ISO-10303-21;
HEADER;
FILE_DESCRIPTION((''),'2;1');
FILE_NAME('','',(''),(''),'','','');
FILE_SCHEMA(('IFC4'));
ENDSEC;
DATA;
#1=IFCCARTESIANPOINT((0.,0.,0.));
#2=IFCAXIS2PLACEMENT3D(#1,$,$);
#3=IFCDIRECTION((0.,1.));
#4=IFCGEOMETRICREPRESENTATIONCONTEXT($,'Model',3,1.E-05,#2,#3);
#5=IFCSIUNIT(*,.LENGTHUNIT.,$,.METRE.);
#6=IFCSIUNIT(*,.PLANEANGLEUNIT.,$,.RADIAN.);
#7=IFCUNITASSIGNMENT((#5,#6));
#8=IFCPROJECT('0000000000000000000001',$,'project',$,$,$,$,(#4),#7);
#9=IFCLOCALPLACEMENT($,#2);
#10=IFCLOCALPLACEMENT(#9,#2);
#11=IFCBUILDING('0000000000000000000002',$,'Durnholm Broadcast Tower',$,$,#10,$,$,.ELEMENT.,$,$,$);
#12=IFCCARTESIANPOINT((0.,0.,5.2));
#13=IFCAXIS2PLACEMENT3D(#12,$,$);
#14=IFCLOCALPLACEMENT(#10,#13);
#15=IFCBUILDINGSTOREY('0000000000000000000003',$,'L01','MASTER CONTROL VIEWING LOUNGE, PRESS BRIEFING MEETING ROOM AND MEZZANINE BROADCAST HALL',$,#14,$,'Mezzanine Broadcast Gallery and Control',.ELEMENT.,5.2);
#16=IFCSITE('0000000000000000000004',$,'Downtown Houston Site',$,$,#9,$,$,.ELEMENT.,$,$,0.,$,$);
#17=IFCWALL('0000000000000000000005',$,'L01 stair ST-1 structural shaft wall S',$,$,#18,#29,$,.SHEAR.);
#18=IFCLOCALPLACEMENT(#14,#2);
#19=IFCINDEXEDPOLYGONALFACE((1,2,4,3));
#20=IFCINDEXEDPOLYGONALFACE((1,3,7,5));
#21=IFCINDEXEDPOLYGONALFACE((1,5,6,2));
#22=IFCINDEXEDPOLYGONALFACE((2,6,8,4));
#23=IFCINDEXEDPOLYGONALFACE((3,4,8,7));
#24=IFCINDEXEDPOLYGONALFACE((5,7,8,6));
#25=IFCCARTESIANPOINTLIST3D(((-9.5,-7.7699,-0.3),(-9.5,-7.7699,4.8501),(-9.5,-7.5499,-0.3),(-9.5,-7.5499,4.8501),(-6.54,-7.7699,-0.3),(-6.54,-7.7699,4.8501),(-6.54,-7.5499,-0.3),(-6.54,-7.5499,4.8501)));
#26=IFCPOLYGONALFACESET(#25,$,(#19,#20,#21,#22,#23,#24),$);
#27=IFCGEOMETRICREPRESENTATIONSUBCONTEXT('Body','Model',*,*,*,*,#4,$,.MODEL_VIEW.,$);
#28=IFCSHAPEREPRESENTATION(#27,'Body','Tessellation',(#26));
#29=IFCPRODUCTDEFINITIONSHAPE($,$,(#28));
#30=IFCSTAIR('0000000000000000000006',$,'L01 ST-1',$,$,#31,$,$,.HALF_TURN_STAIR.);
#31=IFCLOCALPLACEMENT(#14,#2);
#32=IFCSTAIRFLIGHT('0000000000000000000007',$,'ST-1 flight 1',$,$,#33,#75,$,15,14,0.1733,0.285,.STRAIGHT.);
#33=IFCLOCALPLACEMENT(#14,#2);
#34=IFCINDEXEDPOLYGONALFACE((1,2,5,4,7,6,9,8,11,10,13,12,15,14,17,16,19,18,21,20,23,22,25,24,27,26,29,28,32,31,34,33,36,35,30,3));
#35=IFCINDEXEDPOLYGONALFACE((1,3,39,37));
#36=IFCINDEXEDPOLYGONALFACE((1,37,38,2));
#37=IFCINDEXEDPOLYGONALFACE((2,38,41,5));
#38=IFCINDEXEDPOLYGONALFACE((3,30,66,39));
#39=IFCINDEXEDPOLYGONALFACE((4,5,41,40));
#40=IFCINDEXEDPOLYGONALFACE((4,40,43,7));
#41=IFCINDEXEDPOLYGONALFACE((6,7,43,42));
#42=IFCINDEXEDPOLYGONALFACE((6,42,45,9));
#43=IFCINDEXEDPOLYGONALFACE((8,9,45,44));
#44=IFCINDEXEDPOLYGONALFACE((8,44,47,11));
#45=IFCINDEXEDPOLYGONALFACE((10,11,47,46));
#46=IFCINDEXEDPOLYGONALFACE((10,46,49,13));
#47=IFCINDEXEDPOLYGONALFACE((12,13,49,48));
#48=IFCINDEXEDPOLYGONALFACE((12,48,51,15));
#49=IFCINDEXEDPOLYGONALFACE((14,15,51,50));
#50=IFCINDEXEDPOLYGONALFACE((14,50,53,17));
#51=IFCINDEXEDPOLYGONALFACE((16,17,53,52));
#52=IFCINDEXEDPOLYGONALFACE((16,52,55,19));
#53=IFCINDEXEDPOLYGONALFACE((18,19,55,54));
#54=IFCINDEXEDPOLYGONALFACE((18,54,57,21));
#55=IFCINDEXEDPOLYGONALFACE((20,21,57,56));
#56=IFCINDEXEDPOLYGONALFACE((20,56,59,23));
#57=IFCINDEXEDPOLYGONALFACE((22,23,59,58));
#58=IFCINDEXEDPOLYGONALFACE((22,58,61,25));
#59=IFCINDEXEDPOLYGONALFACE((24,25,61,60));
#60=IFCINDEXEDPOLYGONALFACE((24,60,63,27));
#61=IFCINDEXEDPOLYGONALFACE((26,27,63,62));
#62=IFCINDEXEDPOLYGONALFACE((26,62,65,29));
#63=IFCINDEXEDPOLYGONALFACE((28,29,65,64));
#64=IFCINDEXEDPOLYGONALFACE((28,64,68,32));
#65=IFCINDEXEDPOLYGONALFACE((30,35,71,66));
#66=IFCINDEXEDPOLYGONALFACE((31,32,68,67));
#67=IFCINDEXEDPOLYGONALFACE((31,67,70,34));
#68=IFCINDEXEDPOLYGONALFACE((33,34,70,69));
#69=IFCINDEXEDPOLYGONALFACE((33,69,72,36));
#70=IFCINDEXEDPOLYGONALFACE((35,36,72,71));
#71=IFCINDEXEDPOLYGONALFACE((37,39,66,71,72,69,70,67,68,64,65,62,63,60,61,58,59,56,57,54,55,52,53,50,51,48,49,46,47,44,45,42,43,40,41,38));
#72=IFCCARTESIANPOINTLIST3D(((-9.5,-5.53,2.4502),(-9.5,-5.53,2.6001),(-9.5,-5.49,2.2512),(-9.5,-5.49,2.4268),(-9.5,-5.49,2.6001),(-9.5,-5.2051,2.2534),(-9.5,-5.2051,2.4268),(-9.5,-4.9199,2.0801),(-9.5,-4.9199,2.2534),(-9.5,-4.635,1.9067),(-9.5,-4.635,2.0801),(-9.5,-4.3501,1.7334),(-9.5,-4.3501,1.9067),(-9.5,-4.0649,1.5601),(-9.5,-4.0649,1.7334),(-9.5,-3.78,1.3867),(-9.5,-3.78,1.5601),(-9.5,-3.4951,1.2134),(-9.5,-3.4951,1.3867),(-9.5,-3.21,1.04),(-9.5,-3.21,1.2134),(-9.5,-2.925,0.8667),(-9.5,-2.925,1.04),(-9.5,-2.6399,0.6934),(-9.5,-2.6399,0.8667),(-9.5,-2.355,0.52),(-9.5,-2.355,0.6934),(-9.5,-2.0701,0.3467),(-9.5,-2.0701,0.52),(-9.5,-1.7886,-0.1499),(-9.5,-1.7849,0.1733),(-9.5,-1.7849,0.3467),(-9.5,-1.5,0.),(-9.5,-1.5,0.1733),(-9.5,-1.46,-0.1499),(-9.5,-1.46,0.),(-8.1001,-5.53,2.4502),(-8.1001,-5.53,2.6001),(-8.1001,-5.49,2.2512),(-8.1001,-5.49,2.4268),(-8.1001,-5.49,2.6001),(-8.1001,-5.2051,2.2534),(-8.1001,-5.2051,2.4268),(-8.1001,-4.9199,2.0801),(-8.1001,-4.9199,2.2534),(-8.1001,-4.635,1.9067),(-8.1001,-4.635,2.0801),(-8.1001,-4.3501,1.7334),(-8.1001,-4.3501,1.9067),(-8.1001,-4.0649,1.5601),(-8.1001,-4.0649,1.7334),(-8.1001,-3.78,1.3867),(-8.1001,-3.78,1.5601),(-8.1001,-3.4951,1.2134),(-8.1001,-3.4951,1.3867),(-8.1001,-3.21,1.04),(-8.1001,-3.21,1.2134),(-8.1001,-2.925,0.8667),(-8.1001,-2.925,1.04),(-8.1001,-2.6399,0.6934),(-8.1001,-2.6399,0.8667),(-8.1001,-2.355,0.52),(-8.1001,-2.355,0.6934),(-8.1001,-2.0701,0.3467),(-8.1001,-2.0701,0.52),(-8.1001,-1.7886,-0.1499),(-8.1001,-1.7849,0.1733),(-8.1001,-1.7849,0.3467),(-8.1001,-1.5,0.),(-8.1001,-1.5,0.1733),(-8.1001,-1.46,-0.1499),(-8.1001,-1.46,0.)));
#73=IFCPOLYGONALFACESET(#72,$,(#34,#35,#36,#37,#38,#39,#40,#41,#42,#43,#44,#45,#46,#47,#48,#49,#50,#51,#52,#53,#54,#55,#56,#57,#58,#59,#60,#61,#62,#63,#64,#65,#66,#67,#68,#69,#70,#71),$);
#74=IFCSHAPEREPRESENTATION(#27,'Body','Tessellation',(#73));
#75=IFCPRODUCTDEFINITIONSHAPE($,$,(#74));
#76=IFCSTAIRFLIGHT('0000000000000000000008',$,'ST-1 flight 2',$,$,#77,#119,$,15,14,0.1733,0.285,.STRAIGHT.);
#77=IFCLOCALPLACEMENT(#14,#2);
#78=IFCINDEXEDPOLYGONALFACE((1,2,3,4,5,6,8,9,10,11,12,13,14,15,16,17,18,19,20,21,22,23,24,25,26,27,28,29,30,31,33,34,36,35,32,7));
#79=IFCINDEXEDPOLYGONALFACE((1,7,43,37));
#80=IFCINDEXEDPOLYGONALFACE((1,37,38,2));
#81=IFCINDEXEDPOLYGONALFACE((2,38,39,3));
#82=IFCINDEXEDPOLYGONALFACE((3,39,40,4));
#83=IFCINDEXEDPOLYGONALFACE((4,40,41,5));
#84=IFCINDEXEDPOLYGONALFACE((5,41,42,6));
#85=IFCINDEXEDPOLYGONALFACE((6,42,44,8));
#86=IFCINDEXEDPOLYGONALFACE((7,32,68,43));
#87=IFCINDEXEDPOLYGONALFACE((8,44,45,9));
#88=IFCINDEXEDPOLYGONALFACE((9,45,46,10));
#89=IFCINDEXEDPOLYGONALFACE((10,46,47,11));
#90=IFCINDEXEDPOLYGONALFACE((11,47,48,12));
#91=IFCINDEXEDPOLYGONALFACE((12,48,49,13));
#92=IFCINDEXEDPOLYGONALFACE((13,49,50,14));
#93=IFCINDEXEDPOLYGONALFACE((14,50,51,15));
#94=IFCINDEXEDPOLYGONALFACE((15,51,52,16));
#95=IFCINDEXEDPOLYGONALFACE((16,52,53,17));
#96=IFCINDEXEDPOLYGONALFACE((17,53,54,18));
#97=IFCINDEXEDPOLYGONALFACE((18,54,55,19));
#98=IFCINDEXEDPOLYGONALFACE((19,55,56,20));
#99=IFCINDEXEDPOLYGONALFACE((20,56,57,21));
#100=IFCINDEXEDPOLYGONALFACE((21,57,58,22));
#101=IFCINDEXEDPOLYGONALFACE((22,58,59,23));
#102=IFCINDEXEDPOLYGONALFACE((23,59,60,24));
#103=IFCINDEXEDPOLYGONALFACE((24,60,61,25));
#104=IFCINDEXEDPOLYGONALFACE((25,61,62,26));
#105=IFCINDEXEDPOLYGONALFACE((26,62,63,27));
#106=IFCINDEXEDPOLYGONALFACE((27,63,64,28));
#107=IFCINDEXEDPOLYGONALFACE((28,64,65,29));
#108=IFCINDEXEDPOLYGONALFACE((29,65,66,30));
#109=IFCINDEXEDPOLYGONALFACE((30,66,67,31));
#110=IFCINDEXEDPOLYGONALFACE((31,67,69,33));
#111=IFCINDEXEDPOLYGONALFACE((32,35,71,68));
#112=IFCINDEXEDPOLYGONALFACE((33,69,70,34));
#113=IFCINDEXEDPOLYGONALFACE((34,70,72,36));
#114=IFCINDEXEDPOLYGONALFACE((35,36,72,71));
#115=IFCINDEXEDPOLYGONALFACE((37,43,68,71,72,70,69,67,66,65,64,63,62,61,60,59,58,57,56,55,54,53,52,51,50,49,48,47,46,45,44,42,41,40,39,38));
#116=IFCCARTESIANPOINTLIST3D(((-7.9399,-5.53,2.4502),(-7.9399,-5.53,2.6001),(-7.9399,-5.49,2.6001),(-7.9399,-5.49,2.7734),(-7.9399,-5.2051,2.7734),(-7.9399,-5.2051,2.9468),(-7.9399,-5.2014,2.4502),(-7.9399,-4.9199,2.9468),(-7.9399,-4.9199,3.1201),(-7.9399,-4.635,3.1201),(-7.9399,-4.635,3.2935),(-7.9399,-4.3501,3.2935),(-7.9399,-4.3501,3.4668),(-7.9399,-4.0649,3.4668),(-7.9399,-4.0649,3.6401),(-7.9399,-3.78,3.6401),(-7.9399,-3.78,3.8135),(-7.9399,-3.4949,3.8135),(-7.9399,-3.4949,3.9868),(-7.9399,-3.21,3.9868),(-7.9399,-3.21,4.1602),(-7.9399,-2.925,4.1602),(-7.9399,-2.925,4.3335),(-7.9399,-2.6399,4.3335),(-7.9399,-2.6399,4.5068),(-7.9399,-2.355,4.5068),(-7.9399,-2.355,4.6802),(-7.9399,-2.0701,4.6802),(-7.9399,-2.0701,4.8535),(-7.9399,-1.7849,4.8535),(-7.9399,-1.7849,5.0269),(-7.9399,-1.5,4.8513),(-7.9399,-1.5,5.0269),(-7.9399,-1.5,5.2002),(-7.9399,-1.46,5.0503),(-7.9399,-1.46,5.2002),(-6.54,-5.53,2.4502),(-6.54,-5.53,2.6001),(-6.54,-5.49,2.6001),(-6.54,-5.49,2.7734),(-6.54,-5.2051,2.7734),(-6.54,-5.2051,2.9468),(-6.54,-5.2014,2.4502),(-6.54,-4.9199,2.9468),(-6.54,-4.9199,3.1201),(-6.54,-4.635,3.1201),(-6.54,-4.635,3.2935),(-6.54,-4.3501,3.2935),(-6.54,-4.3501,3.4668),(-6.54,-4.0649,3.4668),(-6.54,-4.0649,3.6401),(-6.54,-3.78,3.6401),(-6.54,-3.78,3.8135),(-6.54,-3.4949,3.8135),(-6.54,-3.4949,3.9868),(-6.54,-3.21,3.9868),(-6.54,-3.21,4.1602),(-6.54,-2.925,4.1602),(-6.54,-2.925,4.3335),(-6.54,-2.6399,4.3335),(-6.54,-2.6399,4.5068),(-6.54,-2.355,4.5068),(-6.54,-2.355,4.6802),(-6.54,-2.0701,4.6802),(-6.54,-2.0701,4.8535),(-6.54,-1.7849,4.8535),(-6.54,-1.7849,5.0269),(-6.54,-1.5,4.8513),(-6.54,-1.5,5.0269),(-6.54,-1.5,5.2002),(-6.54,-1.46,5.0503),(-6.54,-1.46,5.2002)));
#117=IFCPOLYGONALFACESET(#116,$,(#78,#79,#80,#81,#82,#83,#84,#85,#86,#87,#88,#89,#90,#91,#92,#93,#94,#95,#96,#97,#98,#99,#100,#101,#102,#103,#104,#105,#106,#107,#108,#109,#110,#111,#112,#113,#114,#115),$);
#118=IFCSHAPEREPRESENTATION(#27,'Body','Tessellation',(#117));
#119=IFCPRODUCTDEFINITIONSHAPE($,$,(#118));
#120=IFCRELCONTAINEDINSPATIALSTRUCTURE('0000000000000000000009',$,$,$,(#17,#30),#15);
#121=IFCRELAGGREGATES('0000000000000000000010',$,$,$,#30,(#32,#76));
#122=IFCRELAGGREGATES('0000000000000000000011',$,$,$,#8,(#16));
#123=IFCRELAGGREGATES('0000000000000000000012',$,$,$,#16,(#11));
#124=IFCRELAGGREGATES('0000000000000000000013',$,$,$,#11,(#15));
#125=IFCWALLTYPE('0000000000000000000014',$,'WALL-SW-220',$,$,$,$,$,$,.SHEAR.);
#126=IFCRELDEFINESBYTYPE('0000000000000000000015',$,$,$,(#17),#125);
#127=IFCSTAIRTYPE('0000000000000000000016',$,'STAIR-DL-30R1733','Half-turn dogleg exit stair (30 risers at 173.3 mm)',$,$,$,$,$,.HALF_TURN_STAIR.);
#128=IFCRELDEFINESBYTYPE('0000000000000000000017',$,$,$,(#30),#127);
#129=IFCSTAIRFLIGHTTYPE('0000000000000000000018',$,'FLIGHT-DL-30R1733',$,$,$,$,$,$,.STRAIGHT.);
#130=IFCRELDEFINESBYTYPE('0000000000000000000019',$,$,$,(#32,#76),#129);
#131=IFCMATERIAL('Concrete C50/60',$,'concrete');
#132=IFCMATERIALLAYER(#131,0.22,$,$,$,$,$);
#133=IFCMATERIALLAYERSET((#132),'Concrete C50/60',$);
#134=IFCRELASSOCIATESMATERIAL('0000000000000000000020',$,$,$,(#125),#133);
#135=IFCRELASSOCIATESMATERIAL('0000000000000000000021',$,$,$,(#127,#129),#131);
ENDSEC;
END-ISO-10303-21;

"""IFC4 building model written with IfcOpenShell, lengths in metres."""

from ifc_helpers import new_model, si_unit, direction, frame, frame_2d, origin, place, context, subcontext, project, spatial, polyline, rectangle, outline, extrude, material, layer, layer_set, type_object, element, aggregate, save


model = new_model("IFC4")

# Units and contexts
model_context = context("Model", 3, precision=1e-05, world=origin(), true_north=direction((0.0, 1.0)))
body_context = subcontext(model_context, "Body", "Model", "MODEL_VIEW")
ifc_project = project(units=[si_unit("LENGTHUNIT", "METRE"), si_unit("PLANEANGLEUNIT", "RADIAN")], contexts=[model_context])

# Site, building, storey
site_placement = place(None, origin())
site = spatial("IfcSite", under=ifc_project, at=site_placement, Name="Downtown Houston Site", CompositionType="ELEMENT", RefElevation=0.0)
building_placement = place(site_placement, origin())
building = spatial("IfcBuilding", under=site, at=building_placement, Name="Durnholm Broadcast Tower", CompositionType="ELEMENT")
storey_placement = place(building_placement, frame((0.0, 0.0, 5.2)))
storey = spatial("IfcBuildingStorey", under=building, at=storey_placement, Name="L01", Description="MASTER CONTROL VIEWING LOUNGE, PRESS BRIEFING MEETING ROOM AND MEZZANINE BROADCAST HALL", LongName="Mezzanine Broadcast Gallery and Control", CompositionType="ELEMENT", Elevation=5.2)

# Shared definitions
ifc_material_1 = material(Name="Concrete C50/60", Category="concrete")
ifc_layer_1 = layer(ifc_material_1, 0.22)
ifc_layer_set_1 = layer_set([ifc_layer_1], Name="Concrete C50/60")
wall_type_1 = type_object("IfcWallType", Name="WALL-SW-220", PredefinedType="SHEAR", material=ifc_layer_set_1)

# Wall
wall_1_placement = place(storey_placement, frame((-9.5, -7.6599, -0.3), z_axis=(0.0, 0.0, 1.0), x_axis=(1.0, 0.0, 0.0)))
element("IfcWall", 1, at=wall_1_placement, inside=storey, type_object=wall_type_1, Name="L01 stair ST-1 structural shaft wall S", PredefinedType="SHEAR", context=body_context, shape_type="SweptSolid", body=[
    extrude(rectangle(XDim=2.96, YDim=0.22, at=frame_2d((1.48, 0.0))), origin(), (0.0, 0.0, 1.0), 5.1501),
])

# Stair, stair flights
stair_type = type_object("IfcStairType", Name="STAIR-DL-30R1733", Description="Half-turn dogleg exit stair (30 risers at 173.3 mm)", PredefinedType="HALF_TURN_STAIR", material=ifc_material_1)
stair_placement = place(storey_placement, origin())
stair = element("IfcStair", 2, at=stair_placement, inside=storey, type_object=stair_type, Name="L01 ST-1", PredefinedType="HALF_TURN_STAIR")
stair_flight_type = type_object("IfcStairFlightType", Name="FLIGHT-DL-30R1733", PredefinedType="STRAIGHT", material=ifc_material_1)
stair_flight_1_placement = place(storey_placement, frame((-8.8, -1.5, 0.0), z_axis=(0.0, 0.0, 1.0), x_axis=(0.0, -1.0, 0.0)))
stair_flight_1 = element("IfcStairFlight", 3, at=stair_flight_1_placement, type_object=stair_flight_type, Name="ST-1 flight 1", NumberOfRisers=15, NumberOfTreads=14, PredefinedType="STRAIGHT", RiserHeight=0.1733, TreadLength=0.285, context=body_context, shape_type="SweptSolid", body=[
    extrude(outline(polyline([(-0.04, -0.1499), (-0.04, 0.0), (0.0, 0.0), (0.0, 0.1733), (0.2849, 0.1733), (0.2849, 0.3467), (0.5701, 0.3467), (0.5701, 0.52), (0.855, 0.52), (0.855, 0.6934), (1.1399, 0.6934), (1.1399, 0.8667), (1.425, 0.8667), (1.425, 1.04), (1.71, 1.04), (1.71, 1.2134), (1.9951, 1.2134), (1.9951, 1.3867), (2.28, 1.3867), (2.28, 1.5601), (2.5649, 1.5601), (2.5649, 1.7334), (2.8501, 1.7334), (2.8501, 1.9067), (3.135, 1.9067), (3.135, 2.0801), (3.4199, 2.0801), (3.4199, 2.2534), (3.7051, 2.2534), (3.7051, 2.4268), (3.99, 2.4268), (3.99, 2.6001), (4.03, 2.6001), (4.03, 2.4502), (3.99, 2.2512), (0.2886, -0.1499), (-0.04, -0.1499)])), frame((0.0, 0.7, 0.0), z_axis=(0.0, -1.0, 0.0), x_axis=(1.0, 0.0, 0.0)), (0.0, 0.0, 1.0), 1.3999),
])
stair_flight_2_placement = place(storey_placement, frame((-7.24, -5.49, 2.6001), z_axis=(0.0, 0.0, 1.0), x_axis=(0.0, 1.0, 0.0)))
stair_flight_2 = element("IfcStairFlight", 4, at=stair_flight_2_placement, type_object=stair_flight_type, Name="ST-1 flight 2", NumberOfRisers=15, NumberOfTreads=14, PredefinedType="STRAIGHT", RiserHeight=0.1733, TreadLength=0.285, context=body_context, shape_type="SweptSolid", body=[
    extrude(outline(polyline([(-0.04, -0.1499), (-0.04, 0.0), (0.0, 0.0), (0.0, 0.1733), (0.2849, 0.1733), (0.2849, 0.3467), (0.5701, 0.3467), (0.5701, 0.52), (0.855, 0.52), (0.855, 0.6934), (1.1399, 0.6934), (1.1399, 0.8667), (1.425, 0.8667), (1.425, 1.04), (1.71, 1.04), (1.71, 1.2134), (1.9951, 1.2134), (1.9951, 1.3867), (2.28, 1.3867), (2.28, 1.5601), (2.5649, 1.5601), (2.5649, 1.7334), (2.8501, 1.7334), (2.8501, 1.9067), (3.135, 1.9067), (3.135, 2.0801), (3.4199, 2.0801), (3.4199, 2.2534), (3.7051, 2.2534), (3.7051, 2.4268), (3.99, 2.4268), (3.99, 2.6001), (4.03, 2.6001), (4.03, 2.4502), (3.99, 2.2512), (0.2886, -0.1499), (-0.04, -0.1499)])), frame((0.0, 0.7, 0.0), z_axis=(0.0, -1.0, 0.0), x_axis=(1.0, 0.0, 0.0)), (0.0, 0.0, 1.0), 1.3999),
])
aggregate(stair, [stair_flight_1, stair_flight_2])

save(model, "model.ifc")
